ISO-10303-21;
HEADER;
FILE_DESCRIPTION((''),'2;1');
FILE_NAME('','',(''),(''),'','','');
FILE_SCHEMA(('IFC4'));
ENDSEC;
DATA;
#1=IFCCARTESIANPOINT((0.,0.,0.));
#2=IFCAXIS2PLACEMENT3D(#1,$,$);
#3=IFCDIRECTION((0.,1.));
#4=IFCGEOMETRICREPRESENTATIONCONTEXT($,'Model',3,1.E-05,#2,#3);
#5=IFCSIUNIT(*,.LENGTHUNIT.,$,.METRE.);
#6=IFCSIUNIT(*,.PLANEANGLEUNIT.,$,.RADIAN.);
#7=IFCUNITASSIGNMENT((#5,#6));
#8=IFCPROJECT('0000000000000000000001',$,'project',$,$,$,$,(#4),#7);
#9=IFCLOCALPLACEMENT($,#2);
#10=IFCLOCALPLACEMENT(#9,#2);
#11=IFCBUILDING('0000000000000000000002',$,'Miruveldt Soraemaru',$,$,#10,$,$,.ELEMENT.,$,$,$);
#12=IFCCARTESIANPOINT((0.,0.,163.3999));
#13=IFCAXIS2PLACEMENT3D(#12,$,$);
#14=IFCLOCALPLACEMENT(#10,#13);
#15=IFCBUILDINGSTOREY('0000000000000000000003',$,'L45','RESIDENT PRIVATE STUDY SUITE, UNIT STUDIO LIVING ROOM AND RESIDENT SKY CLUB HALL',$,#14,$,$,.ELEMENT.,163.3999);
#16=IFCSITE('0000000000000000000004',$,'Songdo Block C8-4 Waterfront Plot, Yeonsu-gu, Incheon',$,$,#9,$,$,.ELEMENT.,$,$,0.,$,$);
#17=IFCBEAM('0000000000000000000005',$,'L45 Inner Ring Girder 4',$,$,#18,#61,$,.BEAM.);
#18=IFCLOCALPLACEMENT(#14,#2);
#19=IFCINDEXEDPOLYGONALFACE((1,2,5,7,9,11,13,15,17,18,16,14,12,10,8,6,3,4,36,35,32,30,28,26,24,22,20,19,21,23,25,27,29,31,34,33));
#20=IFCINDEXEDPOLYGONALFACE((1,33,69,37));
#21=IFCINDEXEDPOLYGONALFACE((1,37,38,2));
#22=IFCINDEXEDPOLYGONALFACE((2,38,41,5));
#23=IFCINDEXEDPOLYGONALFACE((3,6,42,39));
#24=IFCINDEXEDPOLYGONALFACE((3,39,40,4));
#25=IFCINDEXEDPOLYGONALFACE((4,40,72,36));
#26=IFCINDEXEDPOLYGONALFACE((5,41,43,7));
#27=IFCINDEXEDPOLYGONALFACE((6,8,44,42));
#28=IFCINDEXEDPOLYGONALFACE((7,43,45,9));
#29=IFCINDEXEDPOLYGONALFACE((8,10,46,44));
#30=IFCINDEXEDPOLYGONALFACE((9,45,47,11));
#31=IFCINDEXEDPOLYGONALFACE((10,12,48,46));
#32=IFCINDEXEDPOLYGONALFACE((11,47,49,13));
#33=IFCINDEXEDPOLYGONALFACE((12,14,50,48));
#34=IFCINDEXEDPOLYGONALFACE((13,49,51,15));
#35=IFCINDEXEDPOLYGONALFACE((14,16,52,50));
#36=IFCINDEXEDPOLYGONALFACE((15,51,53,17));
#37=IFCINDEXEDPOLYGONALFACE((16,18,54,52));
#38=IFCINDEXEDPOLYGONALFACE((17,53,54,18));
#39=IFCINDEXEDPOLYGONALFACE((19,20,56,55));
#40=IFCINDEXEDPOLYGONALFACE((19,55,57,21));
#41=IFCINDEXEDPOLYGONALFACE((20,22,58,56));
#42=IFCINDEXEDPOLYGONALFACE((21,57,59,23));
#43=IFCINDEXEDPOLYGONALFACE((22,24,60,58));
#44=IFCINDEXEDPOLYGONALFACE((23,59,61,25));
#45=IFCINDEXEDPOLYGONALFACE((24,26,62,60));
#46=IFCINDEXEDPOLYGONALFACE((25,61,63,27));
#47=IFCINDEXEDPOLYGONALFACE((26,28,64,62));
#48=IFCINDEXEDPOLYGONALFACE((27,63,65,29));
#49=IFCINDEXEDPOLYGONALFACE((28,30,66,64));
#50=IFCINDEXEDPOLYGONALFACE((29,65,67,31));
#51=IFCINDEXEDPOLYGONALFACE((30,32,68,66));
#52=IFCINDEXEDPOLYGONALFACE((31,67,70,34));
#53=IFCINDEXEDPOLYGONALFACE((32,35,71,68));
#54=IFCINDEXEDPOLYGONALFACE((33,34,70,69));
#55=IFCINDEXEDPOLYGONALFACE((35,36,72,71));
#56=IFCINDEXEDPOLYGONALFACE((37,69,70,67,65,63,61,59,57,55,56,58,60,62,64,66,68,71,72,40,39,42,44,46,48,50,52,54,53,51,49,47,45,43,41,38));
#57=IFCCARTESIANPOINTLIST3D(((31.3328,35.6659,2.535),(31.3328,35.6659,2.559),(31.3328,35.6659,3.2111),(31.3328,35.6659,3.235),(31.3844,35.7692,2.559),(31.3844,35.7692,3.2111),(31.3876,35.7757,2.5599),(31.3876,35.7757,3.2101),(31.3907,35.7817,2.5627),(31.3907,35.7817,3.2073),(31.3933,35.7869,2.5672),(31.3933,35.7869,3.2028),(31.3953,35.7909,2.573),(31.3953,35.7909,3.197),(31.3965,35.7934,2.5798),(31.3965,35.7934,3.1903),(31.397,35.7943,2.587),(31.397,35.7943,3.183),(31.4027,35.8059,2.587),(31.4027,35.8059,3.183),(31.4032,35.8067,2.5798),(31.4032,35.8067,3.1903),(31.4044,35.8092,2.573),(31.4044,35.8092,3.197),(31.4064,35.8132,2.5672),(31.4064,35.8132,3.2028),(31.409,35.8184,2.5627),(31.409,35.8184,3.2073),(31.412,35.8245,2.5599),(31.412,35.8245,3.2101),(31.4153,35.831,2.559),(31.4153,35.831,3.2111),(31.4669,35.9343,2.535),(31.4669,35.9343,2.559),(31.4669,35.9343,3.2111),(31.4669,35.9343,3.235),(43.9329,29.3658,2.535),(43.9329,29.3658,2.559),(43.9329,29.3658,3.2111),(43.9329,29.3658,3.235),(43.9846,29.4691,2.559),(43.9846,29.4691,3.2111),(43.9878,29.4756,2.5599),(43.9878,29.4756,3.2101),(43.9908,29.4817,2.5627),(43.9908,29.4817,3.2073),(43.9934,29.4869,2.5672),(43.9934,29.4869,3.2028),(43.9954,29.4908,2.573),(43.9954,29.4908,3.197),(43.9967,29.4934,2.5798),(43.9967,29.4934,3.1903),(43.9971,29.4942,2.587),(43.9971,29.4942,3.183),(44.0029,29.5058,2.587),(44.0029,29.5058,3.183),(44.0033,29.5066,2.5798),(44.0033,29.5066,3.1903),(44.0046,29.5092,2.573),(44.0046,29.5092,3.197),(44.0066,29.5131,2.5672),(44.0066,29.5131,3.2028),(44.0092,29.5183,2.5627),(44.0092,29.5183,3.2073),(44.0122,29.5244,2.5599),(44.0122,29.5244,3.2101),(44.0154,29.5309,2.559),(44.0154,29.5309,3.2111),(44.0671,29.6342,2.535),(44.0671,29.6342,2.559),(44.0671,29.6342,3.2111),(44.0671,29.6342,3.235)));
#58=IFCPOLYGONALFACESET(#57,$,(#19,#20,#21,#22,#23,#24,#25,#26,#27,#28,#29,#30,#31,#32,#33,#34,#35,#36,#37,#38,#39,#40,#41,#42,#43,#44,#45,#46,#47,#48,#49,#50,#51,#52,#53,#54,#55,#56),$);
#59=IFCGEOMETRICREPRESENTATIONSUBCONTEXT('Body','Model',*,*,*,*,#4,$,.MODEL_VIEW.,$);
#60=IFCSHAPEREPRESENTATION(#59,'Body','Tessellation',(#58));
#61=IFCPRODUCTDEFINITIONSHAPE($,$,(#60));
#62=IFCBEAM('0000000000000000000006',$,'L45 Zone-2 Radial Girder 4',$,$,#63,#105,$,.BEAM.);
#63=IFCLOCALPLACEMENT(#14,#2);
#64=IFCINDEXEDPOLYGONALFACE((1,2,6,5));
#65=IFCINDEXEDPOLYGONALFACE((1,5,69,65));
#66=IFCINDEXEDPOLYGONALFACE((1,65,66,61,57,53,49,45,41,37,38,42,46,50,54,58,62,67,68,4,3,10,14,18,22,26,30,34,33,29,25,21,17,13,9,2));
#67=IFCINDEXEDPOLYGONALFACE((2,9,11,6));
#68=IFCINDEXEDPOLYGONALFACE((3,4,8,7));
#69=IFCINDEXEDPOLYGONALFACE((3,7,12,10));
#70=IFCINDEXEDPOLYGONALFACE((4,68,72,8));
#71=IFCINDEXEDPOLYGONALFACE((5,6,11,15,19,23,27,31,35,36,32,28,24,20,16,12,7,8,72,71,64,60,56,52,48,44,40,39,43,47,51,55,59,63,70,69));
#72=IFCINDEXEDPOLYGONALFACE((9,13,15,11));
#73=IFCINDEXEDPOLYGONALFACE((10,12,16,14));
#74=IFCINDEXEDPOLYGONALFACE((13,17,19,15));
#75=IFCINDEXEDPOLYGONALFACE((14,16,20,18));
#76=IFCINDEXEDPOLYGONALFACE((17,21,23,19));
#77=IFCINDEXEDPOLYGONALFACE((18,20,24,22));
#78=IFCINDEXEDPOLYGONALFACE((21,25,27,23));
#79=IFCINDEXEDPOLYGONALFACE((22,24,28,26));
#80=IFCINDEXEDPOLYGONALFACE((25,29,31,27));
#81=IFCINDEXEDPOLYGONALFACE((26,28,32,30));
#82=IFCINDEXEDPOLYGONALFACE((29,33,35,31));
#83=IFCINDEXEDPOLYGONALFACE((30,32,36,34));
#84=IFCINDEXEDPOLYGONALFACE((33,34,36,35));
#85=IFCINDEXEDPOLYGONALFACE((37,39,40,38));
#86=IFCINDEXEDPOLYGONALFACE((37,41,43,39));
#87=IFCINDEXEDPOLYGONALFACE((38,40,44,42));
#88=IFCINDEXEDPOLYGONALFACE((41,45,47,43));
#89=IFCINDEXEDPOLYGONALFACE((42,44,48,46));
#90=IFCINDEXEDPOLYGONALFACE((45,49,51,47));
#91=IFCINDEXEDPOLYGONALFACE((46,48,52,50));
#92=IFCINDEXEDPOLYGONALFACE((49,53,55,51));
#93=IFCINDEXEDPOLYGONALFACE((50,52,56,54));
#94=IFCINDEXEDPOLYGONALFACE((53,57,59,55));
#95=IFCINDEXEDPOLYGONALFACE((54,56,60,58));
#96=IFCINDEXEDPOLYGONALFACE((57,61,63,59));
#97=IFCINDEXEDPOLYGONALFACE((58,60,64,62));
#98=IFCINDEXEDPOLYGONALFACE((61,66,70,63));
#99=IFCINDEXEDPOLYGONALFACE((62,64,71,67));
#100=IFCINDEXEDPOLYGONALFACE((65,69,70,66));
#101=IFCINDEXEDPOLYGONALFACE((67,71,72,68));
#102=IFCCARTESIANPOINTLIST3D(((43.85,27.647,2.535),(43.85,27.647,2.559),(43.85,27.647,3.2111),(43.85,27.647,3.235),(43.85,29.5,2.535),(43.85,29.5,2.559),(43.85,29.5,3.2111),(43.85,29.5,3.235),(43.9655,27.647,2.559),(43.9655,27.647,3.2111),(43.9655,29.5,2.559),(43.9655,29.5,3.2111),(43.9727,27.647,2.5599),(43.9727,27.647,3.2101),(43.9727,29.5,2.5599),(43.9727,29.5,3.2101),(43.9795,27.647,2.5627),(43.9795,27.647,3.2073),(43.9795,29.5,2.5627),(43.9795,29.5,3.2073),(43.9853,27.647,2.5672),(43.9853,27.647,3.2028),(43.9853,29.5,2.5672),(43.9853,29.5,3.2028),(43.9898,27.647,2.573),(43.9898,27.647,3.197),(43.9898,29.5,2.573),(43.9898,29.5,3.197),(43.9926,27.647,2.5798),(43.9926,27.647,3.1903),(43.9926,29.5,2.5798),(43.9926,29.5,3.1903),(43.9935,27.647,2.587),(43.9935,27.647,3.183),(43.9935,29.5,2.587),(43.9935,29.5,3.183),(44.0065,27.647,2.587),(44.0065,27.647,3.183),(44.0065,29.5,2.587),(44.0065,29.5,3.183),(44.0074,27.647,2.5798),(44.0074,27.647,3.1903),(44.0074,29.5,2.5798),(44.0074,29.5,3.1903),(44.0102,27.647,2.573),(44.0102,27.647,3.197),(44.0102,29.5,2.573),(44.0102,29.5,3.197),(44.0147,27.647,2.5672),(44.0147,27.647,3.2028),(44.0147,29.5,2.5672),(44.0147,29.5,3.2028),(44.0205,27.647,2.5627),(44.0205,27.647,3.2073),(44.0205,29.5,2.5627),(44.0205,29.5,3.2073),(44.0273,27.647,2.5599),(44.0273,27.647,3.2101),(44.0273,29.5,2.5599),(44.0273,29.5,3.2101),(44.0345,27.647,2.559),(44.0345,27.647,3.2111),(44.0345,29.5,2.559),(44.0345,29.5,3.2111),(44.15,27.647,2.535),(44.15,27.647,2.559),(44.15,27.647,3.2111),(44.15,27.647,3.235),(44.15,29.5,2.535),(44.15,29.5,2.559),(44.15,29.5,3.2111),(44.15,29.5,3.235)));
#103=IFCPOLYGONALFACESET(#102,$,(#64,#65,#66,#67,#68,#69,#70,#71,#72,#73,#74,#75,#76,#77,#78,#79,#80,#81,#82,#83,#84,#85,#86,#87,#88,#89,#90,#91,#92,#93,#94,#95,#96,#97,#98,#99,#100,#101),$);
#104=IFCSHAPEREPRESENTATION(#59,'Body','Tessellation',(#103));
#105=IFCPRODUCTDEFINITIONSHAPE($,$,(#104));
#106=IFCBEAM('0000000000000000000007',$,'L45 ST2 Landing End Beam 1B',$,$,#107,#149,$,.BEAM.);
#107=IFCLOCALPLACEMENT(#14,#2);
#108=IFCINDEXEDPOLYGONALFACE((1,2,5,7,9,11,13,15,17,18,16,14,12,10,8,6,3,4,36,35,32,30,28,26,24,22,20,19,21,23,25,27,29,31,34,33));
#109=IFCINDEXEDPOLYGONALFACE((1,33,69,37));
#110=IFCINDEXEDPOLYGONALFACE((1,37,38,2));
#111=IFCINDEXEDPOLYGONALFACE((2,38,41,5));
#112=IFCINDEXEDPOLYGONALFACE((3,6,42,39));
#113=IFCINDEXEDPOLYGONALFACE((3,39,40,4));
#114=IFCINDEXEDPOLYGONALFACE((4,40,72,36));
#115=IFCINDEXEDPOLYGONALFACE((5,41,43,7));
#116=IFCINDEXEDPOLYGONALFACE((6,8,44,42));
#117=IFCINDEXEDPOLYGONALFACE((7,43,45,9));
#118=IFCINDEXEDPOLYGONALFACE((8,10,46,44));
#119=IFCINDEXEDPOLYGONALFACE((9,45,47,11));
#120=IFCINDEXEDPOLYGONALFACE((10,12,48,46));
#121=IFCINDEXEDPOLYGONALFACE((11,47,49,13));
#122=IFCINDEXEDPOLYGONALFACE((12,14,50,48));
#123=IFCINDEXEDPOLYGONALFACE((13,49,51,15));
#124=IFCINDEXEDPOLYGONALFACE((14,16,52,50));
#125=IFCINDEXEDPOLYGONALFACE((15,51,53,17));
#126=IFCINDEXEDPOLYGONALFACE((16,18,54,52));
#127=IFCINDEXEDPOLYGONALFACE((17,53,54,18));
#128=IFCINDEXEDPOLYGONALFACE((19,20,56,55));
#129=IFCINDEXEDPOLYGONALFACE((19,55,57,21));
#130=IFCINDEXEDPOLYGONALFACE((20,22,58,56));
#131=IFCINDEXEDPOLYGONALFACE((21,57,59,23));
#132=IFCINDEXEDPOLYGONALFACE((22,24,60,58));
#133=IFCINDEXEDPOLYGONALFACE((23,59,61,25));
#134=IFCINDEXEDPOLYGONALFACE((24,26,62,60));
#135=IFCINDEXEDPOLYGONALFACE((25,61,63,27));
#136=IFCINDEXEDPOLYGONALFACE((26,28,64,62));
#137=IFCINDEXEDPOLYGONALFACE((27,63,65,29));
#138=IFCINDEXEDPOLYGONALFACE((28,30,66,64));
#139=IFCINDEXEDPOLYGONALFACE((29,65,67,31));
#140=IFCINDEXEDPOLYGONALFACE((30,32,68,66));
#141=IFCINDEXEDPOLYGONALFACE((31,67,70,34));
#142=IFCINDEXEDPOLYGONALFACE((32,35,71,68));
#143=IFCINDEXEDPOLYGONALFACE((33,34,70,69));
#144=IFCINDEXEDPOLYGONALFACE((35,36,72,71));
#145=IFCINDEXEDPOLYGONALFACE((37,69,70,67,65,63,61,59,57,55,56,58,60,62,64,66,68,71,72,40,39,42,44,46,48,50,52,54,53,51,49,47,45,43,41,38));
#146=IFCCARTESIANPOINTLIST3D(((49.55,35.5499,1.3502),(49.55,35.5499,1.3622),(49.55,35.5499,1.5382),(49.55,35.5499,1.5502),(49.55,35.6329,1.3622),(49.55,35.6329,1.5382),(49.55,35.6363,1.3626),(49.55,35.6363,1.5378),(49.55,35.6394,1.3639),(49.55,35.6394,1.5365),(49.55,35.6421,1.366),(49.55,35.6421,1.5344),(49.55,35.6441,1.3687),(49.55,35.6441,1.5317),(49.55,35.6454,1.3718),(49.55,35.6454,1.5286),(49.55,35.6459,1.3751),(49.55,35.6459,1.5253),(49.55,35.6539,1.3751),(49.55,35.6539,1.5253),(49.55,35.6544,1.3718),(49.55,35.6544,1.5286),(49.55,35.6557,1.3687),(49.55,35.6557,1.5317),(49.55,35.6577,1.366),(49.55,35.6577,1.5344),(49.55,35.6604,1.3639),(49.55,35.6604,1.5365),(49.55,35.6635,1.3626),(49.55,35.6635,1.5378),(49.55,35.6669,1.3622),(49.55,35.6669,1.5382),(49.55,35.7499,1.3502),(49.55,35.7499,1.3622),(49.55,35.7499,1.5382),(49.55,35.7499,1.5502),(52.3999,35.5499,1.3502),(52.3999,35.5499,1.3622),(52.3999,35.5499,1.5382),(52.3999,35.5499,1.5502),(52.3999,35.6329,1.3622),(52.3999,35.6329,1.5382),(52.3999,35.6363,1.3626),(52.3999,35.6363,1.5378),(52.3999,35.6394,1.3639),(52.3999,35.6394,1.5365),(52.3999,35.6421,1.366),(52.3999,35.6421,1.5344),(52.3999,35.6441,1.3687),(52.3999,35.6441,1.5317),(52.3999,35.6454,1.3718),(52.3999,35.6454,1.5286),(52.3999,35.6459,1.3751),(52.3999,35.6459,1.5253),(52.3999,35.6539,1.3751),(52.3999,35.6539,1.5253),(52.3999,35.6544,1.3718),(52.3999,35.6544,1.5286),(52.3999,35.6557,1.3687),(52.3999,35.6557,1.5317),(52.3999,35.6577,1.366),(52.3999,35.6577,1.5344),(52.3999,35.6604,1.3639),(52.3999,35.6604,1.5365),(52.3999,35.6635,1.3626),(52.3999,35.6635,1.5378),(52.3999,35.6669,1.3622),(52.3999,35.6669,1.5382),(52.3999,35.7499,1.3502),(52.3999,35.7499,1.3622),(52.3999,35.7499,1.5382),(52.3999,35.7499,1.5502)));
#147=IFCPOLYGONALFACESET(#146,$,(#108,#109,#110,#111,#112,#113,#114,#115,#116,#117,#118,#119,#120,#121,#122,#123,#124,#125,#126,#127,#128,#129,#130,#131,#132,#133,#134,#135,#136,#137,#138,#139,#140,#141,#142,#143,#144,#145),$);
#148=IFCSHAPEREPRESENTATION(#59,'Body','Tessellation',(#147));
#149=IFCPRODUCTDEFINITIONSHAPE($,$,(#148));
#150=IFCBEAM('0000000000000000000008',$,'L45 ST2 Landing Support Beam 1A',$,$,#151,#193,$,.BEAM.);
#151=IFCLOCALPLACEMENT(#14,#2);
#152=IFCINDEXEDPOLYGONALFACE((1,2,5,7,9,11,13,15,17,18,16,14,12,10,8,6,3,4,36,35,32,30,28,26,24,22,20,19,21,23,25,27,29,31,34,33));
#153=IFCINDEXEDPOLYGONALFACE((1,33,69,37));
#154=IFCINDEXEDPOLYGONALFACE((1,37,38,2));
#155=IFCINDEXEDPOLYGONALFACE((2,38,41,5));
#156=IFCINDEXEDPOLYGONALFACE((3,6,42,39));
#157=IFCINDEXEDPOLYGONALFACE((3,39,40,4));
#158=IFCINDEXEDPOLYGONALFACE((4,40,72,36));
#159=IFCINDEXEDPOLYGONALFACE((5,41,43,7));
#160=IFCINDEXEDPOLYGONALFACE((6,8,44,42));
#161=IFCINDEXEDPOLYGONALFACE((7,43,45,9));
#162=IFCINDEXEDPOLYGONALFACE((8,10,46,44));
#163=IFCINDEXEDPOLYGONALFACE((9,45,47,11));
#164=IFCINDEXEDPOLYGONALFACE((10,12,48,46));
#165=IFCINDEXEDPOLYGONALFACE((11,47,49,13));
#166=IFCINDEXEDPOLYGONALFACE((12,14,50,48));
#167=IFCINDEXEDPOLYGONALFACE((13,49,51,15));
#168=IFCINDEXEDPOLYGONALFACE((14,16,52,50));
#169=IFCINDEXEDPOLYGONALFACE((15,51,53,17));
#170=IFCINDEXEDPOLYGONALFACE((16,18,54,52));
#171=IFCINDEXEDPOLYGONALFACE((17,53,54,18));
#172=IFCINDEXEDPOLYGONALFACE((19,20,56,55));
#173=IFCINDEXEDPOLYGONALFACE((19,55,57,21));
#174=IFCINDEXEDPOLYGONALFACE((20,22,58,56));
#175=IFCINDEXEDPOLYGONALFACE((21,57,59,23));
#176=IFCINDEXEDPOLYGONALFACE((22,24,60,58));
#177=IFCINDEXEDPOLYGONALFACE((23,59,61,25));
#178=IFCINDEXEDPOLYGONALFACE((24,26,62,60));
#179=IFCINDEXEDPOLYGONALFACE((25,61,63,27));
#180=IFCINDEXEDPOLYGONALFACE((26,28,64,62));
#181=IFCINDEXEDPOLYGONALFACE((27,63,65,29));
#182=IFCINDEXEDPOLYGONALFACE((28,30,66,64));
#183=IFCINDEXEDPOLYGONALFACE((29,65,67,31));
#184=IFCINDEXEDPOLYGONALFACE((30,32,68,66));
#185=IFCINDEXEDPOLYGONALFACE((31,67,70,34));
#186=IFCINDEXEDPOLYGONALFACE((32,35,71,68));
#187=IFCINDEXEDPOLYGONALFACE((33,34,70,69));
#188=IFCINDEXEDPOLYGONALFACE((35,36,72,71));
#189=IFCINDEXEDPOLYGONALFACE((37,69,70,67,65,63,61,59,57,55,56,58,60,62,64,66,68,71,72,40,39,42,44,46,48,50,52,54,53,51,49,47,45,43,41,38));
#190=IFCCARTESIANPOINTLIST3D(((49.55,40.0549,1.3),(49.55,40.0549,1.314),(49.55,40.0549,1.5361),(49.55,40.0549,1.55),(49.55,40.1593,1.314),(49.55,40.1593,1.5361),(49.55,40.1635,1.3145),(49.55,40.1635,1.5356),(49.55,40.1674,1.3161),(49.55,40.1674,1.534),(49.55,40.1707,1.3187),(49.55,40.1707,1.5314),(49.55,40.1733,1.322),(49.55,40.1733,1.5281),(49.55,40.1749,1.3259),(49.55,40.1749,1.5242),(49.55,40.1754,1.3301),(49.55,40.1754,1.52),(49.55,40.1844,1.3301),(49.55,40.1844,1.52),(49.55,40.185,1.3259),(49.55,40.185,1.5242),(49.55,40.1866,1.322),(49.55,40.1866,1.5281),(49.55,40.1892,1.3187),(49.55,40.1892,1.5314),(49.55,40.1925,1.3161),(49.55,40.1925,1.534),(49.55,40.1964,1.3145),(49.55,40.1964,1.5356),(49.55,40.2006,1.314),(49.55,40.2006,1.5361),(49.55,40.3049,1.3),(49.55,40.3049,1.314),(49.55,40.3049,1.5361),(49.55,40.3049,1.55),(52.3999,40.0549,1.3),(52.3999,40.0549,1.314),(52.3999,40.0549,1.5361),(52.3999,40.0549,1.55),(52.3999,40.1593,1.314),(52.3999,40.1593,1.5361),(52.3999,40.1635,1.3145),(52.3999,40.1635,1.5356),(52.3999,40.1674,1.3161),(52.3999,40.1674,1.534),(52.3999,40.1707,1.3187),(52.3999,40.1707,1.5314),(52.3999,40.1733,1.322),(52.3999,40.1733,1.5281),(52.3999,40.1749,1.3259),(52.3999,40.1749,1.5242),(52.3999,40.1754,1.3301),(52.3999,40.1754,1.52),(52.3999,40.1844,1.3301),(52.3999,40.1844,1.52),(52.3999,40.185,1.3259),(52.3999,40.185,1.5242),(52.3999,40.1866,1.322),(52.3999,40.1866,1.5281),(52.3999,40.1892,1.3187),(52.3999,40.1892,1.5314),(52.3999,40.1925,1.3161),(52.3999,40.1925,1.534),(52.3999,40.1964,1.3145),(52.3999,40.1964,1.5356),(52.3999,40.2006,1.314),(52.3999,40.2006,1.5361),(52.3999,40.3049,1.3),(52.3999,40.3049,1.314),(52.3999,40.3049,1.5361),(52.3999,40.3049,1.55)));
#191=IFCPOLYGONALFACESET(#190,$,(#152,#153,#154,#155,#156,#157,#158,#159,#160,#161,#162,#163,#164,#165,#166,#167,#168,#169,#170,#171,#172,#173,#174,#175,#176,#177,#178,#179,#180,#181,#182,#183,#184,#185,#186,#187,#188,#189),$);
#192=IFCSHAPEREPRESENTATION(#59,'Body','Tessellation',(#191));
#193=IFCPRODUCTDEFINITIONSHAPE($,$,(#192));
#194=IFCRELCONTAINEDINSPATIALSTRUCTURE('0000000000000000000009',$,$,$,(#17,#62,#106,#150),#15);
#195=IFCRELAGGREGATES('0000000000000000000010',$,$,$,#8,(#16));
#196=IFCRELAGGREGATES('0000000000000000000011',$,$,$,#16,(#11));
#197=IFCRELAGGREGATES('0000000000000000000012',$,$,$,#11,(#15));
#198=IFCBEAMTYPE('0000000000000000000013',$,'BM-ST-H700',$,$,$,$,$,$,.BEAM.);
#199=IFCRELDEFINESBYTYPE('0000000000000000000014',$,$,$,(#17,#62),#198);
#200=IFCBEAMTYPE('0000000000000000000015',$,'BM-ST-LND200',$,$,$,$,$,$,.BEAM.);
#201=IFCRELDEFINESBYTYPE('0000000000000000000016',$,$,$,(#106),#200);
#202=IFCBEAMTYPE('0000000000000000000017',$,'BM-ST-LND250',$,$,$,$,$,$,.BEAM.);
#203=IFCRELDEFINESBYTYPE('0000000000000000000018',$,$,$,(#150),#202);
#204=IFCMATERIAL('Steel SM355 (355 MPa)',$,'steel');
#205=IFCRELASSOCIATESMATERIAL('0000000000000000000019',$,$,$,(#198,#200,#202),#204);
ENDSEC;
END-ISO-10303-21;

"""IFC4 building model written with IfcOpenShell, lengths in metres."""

from ifc_helpers import new_model, si_unit, direction, frame, origin, origin_2d, place, context, subcontext, project, spatial, i_section, extrude, material, material_profile, profile_set, type_object, element, save


model = new_model("IFC4")

# Units and contexts
model_context = context("Model", 3, precision=1e-05, world=origin(), true_north=direction((0.0, 1.0)))
body_context = subcontext(model_context, "Body", "Model", "MODEL_VIEW")
ifc_project = project(units=[si_unit("LENGTHUNIT", "METRE"), si_unit("PLANEANGLEUNIT", "RADIAN")], contexts=[model_context])

# Site, building, storey
site_placement = place(None, origin())
site = spatial("IfcSite", under=ifc_project, at=site_placement, Name="Songdo Block C8-4 Waterfront Plot, Yeonsu-gu, Incheon", CompositionType="ELEMENT", RefElevation=0.0)
building_placement = place(site_placement, origin())
building = spatial("IfcBuilding", under=site, at=building_placement, Name="Miruveldt Soraemaru", CompositionType="ELEMENT")
storey_placement = place(building_placement, frame((0.0, 0.0, 163.3999)))
storey = spatial("IfcBuildingStorey", under=building, at=storey_placement, Name="L45", Description="RESIDENT PRIVATE STUDY SUITE, UNIT STUDIO LIVING ROOM AND RESIDENT SKY CLUB HALL", CompositionType="ELEMENT", Elevation=163.3999)

# Beams
ifc_material_1 = material(Name="Steel SM355 (355 MPa)", Category="steel")
ifc_material_profile_1 = material_profile(ifc_material_1, i_section(OverallWidth=0.3, OverallDepth=0.7, WebThickness=0.0129, FlangeThickness=0.0239, FilletRadius=0.0281, at=origin_2d()), Name="Steel SM355 (355 MPa)", Category="steel")
ifc_profile_set_1 = profile_set([ifc_material_profile_1], Name="Steel SM355 (355 MPa)")
beam_type_1 = type_object("IfcBeamType", Name="BM-ST-H700", PredefinedType="BEAM", material=ifc_profile_set_1)
beam_1_placement = place(storey_placement, frame((44.0, 29.5, 2.885), z_axis=(-0.894427, 0.447214, 0.0), x_axis=(-0.447214, -0.894427, 0.0)))
element("IfcBeam", 1, at=beam_1_placement, inside=storey, type_object=beam_type_1, Name="L45 Inner Ring Girder 4", PredefinedType="BEAM", context=body_context, shape_type="SweptSolid", body=[
    extrude(i_section(OverallWidth=0.3, OverallDepth=0.7, WebThickness=0.0129, FlangeThickness=0.0239, FilletRadius=0.0281, at=origin_2d()), origin(), (0.0, 0.0, 1.0), 14.0874),
])
beam_2_placement = place(storey_placement, frame((44.0, 29.5, 2.885), z_axis=(0.0, -1.0, 0.0), x_axis=(1.0, 0.0, 0.0)))
element("IfcBeam", 2, at=beam_2_placement, inside=storey, type_object=beam_type_1, Name="L45 Zone-2 Radial Girder 4", PredefinedType="BEAM", context=body_context, shape_type="SweptSolid", body=[
    extrude(i_section(OverallWidth=0.3, OverallDepth=0.7, WebThickness=0.0129, FlangeThickness=0.0239, FilletRadius=0.0281, at=origin_2d()), origin(), (0.0, 0.0, 1.0), 1.853),
])
ifc_material_profile_2 = material_profile(ifc_material_1, i_section(OverallWidth=0.2, OverallDepth=0.2, WebThickness=0.0081, FlangeThickness=0.012, FilletRadius=0.0129, at=origin_2d()), Name="Steel SM355 (355 MPa)", Category="steel")
ifc_profile_set_2 = profile_set([ifc_material_profile_2], Name="Steel SM355 (355 MPa)")
beam_type_2 = type_object("IfcBeamType", Name="BM-ST-LND200", PredefinedType="BEAM", material=ifc_profile_set_2)
beam_3_placement = place(storey_placement, frame((49.55, 35.6499, 1.4502), z_axis=(1.0, 0.0, 0.0), x_axis=(0.0, 1.0, 0.0)))
element("IfcBeam", 3, at=beam_3_placement, inside=storey, type_object=beam_type_2, Name="L45 ST2 Landing End Beam 1B", PredefinedType="BEAM", context=body_context, shape_type="SweptSolid", body=[
    extrude(i_section(OverallWidth=0.2, OverallDepth=0.2, WebThickness=0.0081, FlangeThickness=0.012, FilletRadius=0.0129, at=origin_2d()), origin(), (0.0, 0.0, 1.0), 2.8499),
])
ifc_material_profile_3 = material_profile(ifc_material_1, i_section(OverallWidth=0.25, OverallDepth=0.25, WebThickness=0.009, FlangeThickness=0.0139, FilletRadius=0.0161, at=origin_2d()), Name="Steel SM355 (355 MPa)", Category="steel")
ifc_profile_set_3 = profile_set([ifc_material_profile_3], Name="Steel SM355 (355 MPa)")
beam_type_3 = type_object("IfcBeamType", Name="BM-ST-LND250", PredefinedType="BEAM", material=ifc_profile_set_3)
beam_4_placement = place(storey_placement, frame((49.55, 40.1799, 1.425), z_axis=(1.0, 0.0, 0.0), x_axis=(0.0, 1.0, 0.0)))
element("IfcBeam", 4, at=beam_4_placement, inside=storey, type_object=beam_type_3, Name="L45 ST2 Landing Support Beam 1A", PredefinedType="BEAM", context=body_context, shape_type="SweptSolid", body=[
    extrude(i_section(OverallWidth=0.25, OverallDepth=0.25, WebThickness=0.009, FlangeThickness=0.0139, FilletRadius=0.0161, at=origin_2d()), origin(), (0.0, 0.0, 1.0), 2.8499),
])

save(model, "model.ifc")
